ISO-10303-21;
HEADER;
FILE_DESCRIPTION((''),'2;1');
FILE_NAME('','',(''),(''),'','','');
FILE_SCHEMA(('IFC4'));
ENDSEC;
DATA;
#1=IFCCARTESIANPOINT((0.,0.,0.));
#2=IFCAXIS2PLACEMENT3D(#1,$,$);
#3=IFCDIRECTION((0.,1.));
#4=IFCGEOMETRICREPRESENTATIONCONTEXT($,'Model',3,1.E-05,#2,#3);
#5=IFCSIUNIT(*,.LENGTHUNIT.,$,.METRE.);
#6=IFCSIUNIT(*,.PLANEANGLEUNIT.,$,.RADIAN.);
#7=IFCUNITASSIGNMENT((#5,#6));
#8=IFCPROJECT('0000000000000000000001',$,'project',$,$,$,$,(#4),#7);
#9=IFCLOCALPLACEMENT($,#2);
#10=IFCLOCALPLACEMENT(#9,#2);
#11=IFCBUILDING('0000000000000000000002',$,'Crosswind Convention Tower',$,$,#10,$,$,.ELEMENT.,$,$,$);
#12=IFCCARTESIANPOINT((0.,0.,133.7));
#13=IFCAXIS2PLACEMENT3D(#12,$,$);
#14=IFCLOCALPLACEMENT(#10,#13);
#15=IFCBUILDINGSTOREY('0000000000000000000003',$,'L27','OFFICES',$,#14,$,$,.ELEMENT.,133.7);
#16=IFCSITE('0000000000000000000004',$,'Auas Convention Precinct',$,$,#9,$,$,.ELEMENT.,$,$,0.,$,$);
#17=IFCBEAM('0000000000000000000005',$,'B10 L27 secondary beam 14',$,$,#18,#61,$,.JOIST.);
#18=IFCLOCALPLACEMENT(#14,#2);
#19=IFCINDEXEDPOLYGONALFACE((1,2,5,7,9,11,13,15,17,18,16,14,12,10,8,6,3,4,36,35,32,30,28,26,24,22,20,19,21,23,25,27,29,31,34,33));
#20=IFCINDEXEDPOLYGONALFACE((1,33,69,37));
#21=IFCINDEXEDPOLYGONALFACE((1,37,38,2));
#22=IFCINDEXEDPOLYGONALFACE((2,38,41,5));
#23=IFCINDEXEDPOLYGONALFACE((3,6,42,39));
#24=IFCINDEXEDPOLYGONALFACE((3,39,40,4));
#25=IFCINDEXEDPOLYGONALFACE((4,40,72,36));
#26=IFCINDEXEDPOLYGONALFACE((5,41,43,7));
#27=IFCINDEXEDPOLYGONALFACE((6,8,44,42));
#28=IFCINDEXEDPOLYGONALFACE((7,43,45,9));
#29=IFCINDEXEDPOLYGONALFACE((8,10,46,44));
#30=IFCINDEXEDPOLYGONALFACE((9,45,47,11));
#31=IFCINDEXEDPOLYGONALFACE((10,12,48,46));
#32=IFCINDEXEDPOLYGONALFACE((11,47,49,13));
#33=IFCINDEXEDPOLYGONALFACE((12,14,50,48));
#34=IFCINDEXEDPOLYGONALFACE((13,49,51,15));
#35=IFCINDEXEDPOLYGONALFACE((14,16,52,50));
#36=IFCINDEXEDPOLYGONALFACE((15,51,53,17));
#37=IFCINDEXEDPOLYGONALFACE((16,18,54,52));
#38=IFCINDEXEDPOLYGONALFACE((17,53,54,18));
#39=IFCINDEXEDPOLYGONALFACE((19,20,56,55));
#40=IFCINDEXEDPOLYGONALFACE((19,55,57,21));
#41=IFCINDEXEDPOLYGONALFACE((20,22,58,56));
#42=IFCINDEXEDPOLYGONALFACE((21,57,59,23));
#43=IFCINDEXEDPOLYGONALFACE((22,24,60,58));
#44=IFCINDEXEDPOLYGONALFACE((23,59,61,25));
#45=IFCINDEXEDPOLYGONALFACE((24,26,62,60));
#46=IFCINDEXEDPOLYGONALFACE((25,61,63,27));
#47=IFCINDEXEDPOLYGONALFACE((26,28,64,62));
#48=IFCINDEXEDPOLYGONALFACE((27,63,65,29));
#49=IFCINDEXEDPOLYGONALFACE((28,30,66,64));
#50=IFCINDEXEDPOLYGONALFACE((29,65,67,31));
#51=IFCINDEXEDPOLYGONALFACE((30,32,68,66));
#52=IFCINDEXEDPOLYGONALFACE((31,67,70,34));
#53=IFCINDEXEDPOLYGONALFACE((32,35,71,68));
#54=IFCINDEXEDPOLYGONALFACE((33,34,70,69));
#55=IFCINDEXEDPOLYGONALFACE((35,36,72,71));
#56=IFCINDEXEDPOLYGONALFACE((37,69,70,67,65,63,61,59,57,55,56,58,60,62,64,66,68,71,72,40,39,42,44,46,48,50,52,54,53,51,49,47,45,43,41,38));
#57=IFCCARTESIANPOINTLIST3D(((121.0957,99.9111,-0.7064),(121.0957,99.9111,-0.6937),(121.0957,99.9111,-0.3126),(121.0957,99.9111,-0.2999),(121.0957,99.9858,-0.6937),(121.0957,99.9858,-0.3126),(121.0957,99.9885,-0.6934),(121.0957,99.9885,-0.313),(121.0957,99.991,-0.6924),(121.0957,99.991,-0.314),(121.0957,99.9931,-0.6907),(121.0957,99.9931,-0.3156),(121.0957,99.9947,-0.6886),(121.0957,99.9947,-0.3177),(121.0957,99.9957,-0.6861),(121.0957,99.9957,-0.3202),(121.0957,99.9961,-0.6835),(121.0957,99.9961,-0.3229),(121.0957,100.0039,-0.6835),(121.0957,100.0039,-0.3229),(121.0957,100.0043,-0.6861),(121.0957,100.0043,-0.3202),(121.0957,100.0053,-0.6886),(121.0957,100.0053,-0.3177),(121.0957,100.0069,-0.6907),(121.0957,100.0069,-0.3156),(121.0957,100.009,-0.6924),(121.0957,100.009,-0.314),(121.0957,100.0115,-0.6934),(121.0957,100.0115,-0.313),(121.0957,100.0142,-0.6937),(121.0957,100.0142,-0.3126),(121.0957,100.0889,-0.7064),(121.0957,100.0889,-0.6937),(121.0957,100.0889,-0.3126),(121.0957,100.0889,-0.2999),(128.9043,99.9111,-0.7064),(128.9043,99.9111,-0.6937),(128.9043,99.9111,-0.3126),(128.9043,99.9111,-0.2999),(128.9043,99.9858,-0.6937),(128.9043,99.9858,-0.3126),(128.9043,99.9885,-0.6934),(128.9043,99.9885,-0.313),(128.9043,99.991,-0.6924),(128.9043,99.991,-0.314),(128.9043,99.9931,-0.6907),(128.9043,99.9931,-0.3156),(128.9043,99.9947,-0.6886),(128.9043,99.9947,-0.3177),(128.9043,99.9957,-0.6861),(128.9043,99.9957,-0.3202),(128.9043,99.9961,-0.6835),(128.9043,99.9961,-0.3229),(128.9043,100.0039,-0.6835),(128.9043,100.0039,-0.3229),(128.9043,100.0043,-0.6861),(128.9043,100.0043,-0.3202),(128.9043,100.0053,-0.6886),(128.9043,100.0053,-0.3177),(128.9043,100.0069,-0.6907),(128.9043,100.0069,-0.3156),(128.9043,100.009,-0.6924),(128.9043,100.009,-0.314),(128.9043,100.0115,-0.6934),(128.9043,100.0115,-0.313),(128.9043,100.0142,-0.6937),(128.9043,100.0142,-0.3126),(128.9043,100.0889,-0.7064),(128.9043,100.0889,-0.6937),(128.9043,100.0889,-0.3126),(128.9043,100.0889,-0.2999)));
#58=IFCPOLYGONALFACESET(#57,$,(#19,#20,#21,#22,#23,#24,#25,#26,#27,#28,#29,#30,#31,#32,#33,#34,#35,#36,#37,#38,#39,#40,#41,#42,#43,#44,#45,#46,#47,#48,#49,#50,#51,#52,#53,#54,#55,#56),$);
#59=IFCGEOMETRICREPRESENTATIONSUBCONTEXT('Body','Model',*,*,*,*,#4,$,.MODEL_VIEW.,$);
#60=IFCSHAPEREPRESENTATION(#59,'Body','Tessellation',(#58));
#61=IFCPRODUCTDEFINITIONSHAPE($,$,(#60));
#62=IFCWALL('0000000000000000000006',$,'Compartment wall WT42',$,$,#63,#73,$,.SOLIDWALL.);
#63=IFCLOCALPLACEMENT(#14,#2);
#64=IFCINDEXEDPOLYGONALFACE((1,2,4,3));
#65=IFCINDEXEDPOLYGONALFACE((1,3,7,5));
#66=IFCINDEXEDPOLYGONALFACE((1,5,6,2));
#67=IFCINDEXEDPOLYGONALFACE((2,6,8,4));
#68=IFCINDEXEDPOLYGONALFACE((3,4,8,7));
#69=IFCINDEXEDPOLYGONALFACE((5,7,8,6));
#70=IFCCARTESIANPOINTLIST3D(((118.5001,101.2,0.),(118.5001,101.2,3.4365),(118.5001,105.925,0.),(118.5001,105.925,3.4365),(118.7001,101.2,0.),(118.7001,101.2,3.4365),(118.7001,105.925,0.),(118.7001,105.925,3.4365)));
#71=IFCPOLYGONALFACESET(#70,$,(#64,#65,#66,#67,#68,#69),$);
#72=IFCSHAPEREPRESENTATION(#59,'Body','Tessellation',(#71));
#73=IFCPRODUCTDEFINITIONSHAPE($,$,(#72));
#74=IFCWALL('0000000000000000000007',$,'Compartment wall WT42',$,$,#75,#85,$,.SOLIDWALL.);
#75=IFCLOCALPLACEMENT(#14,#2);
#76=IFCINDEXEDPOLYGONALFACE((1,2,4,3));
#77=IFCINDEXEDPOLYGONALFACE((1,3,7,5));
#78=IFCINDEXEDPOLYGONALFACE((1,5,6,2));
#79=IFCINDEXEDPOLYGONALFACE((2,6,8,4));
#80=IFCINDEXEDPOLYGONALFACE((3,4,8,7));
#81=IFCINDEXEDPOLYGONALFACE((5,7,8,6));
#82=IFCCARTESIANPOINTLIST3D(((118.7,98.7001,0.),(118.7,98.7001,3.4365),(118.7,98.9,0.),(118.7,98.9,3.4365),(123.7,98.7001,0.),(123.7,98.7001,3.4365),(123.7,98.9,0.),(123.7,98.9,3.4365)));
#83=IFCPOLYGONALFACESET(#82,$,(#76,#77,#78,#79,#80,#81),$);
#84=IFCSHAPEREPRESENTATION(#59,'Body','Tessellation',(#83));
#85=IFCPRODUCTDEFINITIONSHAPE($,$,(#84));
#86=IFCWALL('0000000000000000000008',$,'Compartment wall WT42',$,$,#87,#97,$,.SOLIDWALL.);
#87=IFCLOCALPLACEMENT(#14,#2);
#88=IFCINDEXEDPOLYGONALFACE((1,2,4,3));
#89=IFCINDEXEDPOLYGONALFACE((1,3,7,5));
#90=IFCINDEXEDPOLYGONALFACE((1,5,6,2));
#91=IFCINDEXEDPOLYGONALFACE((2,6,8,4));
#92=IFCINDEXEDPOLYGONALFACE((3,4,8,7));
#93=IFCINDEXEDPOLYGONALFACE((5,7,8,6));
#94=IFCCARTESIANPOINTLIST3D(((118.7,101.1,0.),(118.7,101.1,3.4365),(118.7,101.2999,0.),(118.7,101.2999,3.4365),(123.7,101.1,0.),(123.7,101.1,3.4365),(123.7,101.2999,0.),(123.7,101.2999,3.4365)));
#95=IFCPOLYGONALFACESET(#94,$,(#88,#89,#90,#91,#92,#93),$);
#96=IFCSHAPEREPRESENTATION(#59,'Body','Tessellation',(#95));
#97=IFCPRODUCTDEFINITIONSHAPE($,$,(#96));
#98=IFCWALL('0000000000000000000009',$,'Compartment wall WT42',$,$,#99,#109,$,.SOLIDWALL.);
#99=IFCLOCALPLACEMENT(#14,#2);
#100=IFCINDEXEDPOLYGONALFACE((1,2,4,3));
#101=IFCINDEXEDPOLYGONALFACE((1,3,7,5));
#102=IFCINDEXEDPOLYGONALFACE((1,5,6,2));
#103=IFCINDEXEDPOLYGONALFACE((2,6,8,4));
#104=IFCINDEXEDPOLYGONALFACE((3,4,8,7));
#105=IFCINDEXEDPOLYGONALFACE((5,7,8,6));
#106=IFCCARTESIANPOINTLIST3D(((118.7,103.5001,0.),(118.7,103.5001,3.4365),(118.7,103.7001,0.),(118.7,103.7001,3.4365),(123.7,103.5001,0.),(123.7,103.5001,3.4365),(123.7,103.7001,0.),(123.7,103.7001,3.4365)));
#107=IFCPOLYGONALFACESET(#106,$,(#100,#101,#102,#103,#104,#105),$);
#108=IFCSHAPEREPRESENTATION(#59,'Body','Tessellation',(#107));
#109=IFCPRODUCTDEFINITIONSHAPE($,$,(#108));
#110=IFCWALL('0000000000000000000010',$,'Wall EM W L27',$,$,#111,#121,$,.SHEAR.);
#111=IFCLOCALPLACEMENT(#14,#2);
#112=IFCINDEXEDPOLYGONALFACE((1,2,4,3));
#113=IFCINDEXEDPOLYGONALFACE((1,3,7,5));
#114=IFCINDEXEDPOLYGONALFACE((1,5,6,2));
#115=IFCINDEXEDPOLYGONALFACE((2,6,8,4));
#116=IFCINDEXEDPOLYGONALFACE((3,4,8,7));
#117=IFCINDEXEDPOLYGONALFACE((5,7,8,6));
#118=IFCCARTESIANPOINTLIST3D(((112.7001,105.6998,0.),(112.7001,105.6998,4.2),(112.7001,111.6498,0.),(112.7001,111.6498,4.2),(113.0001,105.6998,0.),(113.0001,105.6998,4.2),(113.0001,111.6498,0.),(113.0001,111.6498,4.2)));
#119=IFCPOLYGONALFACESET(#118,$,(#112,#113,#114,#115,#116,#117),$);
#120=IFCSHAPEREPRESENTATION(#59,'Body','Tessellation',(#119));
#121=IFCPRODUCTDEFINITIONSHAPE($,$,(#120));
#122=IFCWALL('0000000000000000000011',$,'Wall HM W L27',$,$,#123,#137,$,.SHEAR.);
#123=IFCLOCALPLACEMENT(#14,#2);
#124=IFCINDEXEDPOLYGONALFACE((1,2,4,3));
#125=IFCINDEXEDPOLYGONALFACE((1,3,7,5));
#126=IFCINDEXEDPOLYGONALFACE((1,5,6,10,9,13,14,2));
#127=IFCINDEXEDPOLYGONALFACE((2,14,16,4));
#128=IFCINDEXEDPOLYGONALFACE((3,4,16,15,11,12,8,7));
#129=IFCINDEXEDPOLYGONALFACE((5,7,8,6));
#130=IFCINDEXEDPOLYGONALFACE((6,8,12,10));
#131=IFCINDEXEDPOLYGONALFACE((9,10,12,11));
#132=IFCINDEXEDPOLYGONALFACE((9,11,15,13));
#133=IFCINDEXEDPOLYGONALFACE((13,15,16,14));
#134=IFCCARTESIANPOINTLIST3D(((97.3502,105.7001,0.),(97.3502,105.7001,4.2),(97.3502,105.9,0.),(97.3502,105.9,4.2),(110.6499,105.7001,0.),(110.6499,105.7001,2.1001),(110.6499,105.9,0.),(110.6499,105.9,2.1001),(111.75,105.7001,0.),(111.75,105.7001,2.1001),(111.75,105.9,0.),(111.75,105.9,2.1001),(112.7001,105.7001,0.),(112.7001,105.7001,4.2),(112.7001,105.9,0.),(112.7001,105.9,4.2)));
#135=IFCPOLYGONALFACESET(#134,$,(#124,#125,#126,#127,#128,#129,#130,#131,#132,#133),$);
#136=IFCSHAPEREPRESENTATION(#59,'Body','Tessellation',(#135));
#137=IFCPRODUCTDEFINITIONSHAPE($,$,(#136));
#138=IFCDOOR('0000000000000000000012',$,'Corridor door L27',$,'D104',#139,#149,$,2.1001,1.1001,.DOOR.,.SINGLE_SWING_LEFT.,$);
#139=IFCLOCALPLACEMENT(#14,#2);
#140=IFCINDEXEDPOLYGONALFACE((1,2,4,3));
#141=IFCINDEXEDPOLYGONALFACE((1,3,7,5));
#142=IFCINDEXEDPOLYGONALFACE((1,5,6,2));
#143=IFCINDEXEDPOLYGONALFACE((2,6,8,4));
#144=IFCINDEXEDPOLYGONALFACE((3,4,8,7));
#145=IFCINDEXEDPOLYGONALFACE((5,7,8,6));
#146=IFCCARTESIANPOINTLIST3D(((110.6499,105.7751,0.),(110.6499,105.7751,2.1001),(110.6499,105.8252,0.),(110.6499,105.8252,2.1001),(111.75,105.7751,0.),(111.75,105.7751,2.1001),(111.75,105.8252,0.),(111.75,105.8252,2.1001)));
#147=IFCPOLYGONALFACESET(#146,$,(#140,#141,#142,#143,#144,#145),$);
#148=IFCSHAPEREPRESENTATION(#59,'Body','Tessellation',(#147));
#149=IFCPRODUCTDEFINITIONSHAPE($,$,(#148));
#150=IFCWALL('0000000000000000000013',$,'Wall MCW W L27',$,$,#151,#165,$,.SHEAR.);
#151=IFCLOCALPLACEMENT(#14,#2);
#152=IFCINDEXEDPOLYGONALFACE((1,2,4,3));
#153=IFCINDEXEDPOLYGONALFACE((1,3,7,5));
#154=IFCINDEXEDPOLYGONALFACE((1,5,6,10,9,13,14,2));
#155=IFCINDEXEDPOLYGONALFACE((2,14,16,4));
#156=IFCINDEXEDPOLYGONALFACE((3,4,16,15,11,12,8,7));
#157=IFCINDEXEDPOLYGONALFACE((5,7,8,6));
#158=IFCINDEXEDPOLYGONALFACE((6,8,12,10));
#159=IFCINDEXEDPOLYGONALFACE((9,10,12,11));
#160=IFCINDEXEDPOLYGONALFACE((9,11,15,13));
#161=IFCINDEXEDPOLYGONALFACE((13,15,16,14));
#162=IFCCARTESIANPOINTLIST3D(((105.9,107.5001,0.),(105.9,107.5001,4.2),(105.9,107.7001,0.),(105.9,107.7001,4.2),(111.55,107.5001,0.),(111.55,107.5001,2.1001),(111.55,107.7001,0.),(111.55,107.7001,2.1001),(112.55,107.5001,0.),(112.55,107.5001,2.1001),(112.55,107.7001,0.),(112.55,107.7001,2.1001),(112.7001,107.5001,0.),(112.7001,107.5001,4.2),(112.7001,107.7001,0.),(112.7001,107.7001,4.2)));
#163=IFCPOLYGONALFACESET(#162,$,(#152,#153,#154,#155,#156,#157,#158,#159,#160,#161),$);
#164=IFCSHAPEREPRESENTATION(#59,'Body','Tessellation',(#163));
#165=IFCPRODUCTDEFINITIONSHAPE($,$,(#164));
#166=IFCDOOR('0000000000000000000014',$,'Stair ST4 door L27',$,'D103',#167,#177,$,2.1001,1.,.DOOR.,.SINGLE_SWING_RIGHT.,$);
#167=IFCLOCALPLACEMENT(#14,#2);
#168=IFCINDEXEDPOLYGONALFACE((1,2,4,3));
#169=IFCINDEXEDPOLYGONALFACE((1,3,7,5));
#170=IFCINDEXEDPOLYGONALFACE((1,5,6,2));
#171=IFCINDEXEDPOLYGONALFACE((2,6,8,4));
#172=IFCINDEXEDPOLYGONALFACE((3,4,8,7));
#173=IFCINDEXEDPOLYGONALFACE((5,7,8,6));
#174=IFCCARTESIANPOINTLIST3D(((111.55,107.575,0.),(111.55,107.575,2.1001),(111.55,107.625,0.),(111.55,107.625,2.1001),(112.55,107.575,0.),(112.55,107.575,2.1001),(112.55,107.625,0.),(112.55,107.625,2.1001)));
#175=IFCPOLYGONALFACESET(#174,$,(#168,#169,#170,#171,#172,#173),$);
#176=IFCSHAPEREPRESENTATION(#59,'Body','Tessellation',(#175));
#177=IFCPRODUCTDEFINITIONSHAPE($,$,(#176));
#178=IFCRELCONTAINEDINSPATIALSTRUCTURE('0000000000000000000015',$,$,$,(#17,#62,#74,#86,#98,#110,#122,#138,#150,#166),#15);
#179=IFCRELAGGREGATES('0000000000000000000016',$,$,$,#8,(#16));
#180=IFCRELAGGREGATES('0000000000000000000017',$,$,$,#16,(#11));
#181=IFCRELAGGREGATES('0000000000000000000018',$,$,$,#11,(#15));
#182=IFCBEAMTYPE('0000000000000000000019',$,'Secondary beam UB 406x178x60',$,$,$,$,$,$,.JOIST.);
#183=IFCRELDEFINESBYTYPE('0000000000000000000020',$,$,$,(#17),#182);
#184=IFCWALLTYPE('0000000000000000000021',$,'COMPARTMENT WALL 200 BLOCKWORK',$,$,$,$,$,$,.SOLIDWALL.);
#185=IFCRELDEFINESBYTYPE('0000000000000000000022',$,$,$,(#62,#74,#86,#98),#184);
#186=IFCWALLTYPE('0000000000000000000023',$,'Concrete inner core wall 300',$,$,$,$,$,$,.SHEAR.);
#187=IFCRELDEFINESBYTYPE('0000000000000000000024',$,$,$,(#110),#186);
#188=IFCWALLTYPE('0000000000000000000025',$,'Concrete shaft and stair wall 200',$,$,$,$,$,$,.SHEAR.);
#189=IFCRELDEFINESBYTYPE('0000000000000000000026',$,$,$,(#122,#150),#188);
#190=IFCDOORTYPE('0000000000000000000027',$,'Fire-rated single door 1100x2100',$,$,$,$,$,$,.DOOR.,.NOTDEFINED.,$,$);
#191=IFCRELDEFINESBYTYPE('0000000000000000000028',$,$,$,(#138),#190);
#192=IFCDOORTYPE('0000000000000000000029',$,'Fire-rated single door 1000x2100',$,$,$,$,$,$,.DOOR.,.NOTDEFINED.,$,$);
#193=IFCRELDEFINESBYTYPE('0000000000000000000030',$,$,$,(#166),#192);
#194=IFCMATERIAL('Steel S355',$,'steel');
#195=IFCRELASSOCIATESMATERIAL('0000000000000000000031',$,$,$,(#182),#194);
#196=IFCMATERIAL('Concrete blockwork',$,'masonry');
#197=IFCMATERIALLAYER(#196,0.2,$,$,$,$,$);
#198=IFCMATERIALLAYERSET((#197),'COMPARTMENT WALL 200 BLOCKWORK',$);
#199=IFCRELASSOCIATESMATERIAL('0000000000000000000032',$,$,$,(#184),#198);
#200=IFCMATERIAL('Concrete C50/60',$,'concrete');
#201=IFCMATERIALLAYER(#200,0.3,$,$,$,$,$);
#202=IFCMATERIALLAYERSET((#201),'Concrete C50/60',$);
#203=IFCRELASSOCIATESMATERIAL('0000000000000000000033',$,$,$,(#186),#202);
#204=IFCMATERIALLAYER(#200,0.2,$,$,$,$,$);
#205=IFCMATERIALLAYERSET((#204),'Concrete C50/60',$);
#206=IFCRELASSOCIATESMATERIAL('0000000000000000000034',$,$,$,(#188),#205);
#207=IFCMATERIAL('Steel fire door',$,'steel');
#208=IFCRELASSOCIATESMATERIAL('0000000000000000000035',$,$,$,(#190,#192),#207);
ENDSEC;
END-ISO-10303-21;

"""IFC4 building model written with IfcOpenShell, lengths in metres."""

from ifc_helpers import new_model, si_unit, direction, frame, frame_2d, origin, origin_2d, place, context, subcontext, project, spatial, rectangle, i_section, extrude, material, layer, layer_set, material_profile, profile_set, type_object, element, fill, save


model = new_model("IFC4")

# Units and contexts
model_context = context("Model", 3, precision=1e-05, world=origin(), true_north=direction((0.0, 1.0)))
body_context = subcontext(model_context, "Body", "Model", "MODEL_VIEW")
ifc_project = project(units=[si_unit("LENGTHUNIT", "METRE"), si_unit("PLANEANGLEUNIT", "RADIAN")], contexts=[model_context])

# Site, building, storey
site_placement = place(None, origin())
site = spatial("IfcSite", under=ifc_project, at=site_placement, Name="Auas Convention Precinct", CompositionType="ELEMENT", RefElevation=0.0)
building_placement = place(site_placement, origin())
building = spatial("IfcBuilding", under=site, at=building_placement, Name="Crosswind Convention Tower", CompositionType="ELEMENT")
storey_placement = place(building_placement, frame((0.0, 0.0, 133.7)))
storey = spatial("IfcBuildingStorey", under=building, at=storey_placement, Name="L27", Description="OFFICES", CompositionType="ELEMENT", Elevation=133.7)

# Shared definitions
ifc_material_1 = material(Name="Steel S355", Category="steel")

# Beam
ifc_material_profile_1 = material_profile(ifc_material_1, i_section(OverallWidth=0.1777, OverallDepth=0.4065, WebThickness=0.0078, FlangeThickness=0.0127, FilletRadius=0.0103, at=origin_2d()), Name="UB 406x178x60")
ifc_profile_set_1 = profile_set([ifc_material_profile_1], Name="Steel S355")
beam_type_1 = type_object("IfcBeamType", Name="Secondary beam UB 406x178x60", PredefinedType="JOIST", material=ifc_profile_set_1)
beam_1_placement = place(storey_placement, frame((121.0957, 100.0, -0.5032), z_axis=(1.0, 0.0, 0.0), x_axis=(0.0, 1.0, 0.0)))
element("IfcBeam", 1, at=beam_1_placement, inside=storey, type_object=beam_type_1, Name="B10 L27 secondary beam 14", PredefinedType="JOIST", context=body_context, shape_type="SweptSolid", body=[
    extrude(i_section(OverallWidth=0.1777, OverallDepth=0.4065, WebThickness=0.0078, FlangeThickness=0.0127, FilletRadius=0.0103, at=origin_2d()), origin(), (0.0, 0.0, 1.0), 7.8086),
])

# Walls
ifc_material_2 = material(Name="Concrete blockwork", Category="masonry")
ifc_layer_1 = layer(ifc_material_2, 0.2)
ifc_layer_set_1 = layer_set([ifc_layer_1], Name="COMPARTMENT WALL 200 BLOCKWORK")
wall_type_1 = type_object("IfcWallType", Name="COMPARTMENT WALL 200 BLOCKWORK", PredefinedType="SOLIDWALL", material=ifc_layer_set_1)
wall_1_placement = place(storey_placement, frame((118.6001, 101.2, 0.0), z_axis=(0.0, 0.0, 1.0), x_axis=(0.0, 1.0, 0.0)))
element("IfcWall", 2, at=wall_1_placement, inside=storey, type_object=wall_type_1, Name="Compartment wall WT42", PredefinedType="SOLIDWALL", context=body_context, shape_type="SweptSolid", body=[
    extrude(rectangle(XDim=4.7251, YDim=0.2, at=frame_2d((2.3625, 0.0))), origin(), (0.0, 0.0, 1.0), 3.4365),
])
for number, where, z_axis, x_axis, name in (
    (3, (118.7, 98.8, 0.0), (0.0, 0.0, 1.0), (1.0, 0.0, 0.0), "Compartment wall WT42"),
    (4, (118.7, 101.2, 0.0), (0.0, 0.0, 1.0), (1.0, 0.0, 0.0), "Compartment wall WT42"),
    (5, (118.7, 103.6001, 0.0), (0.0, 0.0, 1.0), (1.0, 0.0, 0.0), "Compartment wall WT42"),
):
    element("IfcWall", number, at=place(storey_placement, frame(where, z_axis=z_axis, x_axis=x_axis)), inside=storey, type_object=wall_type_1, Name=name, PredefinedType="SOLIDWALL", context=body_context, shape_type="SweptSolid", body=[
        extrude(rectangle(XDim=5.0, YDim=0.2, at=frame_2d((2.5, 0.0))), origin(), (0.0, 0.0, 1.0), 3.4365),
    ])

# Shared definitions
ifc_material_3 = material(Name="Concrete C50/60", Category="concrete")
ifc_layer_2 = layer(ifc_material_3, 0.3)
ifc_layer_set_2 = layer_set([ifc_layer_2], Name="Concrete C50/60")
wall_type_2 = type_object("IfcWallType", Name="Concrete inner core wall 300", PredefinedType="SHEAR", material=ifc_layer_set_2)

# Wall
wall_2_placement = place(storey_placement, frame((112.8501, 111.6499, 0.0), z_axis=(0.0, 0.0, 1.0), x_axis=(0.0, -1.0, 0.0)))
element("IfcWall", 6, at=wall_2_placement, inside=storey, type_object=wall_type_2, Name="Wall EM W L27", PredefinedType="SHEAR", context=body_context, shape_type="SweptSolid", body=[
    extrude(rectangle(XDim=5.95, YDim=0.3, at=frame_2d((2.9751, 0.0))), origin(), (0.0, 0.0, 1.0), 4.2),
])

# Walls, openings, doors
ifc_layer_3 = layer(ifc_material_3, 0.2)
ifc_layer_set_3 = layer_set([ifc_layer_3], Name="Concrete C50/60")
wall_type_3 = type_object("IfcWallType", Name="Concrete shaft and stair wall 200", PredefinedType="SHEAR", material=ifc_layer_set_3)
wall_3_placement = place(storey_placement, frame((112.7, 105.8, 0.0), z_axis=(0.0, 0.0, 1.0), x_axis=(-1.0, 0.0, 0.0)))
wall_3 = element("IfcWall", 7, at=wall_3_placement, inside=storey, type_object=wall_type_3, Name="Wall HM W L27", PredefinedType="SHEAR", context=body_context, shape_type="SweptSolid", body=[
    extrude(rectangle(XDim=15.3499, YDim=0.2, at=frame_2d((7.6748, 0.0))), origin(), (0.0, 0.0, 1.0), 4.2),
])
opening_1_placement = place(wall_3_placement, frame((0.95, 0.0, 0.0)))
opening_1 = element("IfcOpeningElement", 8, at=opening_1_placement, cuts=wall_3, PredefinedType="OPENING", context=body_context, shape_type="SweptSolid", body=[
    extrude(rectangle(XDim=1.1001, YDim=2.1001, at=frame_2d((0.55, 1.05))), frame((0.0, 0.1099, 0.0), z_axis=(0.0, -1.0, 0.0), x_axis=(1.0, 0.0, 0.0)), (0.0, 0.0, 1.0), 0.22),
])
ifc_material_4 = material(Name="Steel fire door", Category="steel")
door_type_1 = type_object("IfcDoorType", Name="Fire-rated single door 1100x2100", OperationType="NOTDEFINED", PredefinedType="DOOR", material=ifc_material_4)
door_1_placement = place(opening_1_placement, origin())
door_1 = element("IfcDoor", 9, at=door_1_placement, inside=storey, type_object=door_type_1, Name="Corridor door L27", ObjectType="D104", OperationType="SINGLE_SWING_LEFT", OverallHeight=2.1001, OverallWidth=1.1001, PredefinedType="DOOR", context=body_context, shape_type="SweptSolid", body=[
    extrude(rectangle(XDim=1.1001, YDim=2.1001, at=frame_2d((0.55, 1.05))), frame((0.0, 0.0249, 0.0), z_axis=(0.0, -1.0, 0.0), x_axis=(1.0, 0.0, 0.0)), (0.0, 0.0, 1.0), 0.05),
])
fill(opening_1, door_1)
wall_4_placement = place(storey_placement, frame((112.7, 107.6001, 0.0), z_axis=(0.0, 0.0, 1.0), x_axis=(-1.0, 0.0, 0.0)))
wall_4 = element("IfcWall", 10, at=wall_4_placement, inside=storey, type_object=wall_type_3, Name="Wall MCW W L27", PredefinedType="SHEAR", context=body_context, shape_type="SweptSolid", body=[
    extrude(rectangle(XDim=6.8, YDim=0.2, at=frame_2d((3.3999, 0.0))), origin(), (0.0, 0.0, 1.0), 4.2),
])
opening_2_placement = place(wall_4_placement, frame((0.1499, 0.0, 0.0)))
opening_2 = element("IfcOpeningElement", 11, at=opening_2_placement, cuts=wall_4, PredefinedType="OPENING", context=body_context, shape_type="SweptSolid", body=[
    extrude(rectangle(XDim=1.0, YDim=2.1001, at=frame_2d((0.5, 1.05))), frame((0.0, 0.1099, 0.0), z_axis=(0.0, -1.0, 0.0), x_axis=(1.0, 0.0, 0.0)), (0.0, 0.0, 1.0), 0.22),
])
door_type_2 = type_object("IfcDoorType", Name="Fire-rated single door 1000x2100", OperationType="NOTDEFINED", PredefinedType="DOOR", material=ifc_material_4)
door_2_placement = place(opening_2_placement, frame((1.0, 0.0, 0.0), z_axis=(0.0, 0.0, 1.0), x_axis=(-1.0, 0.0, 0.0)))
door_2 = element("IfcDoor", 12, at=door_2_placement, inside=storey, type_object=door_type_2, Name="Stair ST4 door L27", ObjectType="D103", OperationType="SINGLE_SWING_RIGHT", OverallHeight=2.1001, OverallWidth=1.0, PredefinedType="DOOR", context=body_context, shape_type="SweptSolid", body=[
    extrude(rectangle(XDim=1.0, YDim=2.1001, at=frame_2d((0.5, 1.05))), frame((0.0, 0.0249, 0.0), z_axis=(0.0, -1.0, 0.0), x_axis=(1.0, 0.0, 0.0)), (0.0, 0.0, 1.0), 0.05),
])
fill(opening_2, door_2)

save(model, "model.ifc")
